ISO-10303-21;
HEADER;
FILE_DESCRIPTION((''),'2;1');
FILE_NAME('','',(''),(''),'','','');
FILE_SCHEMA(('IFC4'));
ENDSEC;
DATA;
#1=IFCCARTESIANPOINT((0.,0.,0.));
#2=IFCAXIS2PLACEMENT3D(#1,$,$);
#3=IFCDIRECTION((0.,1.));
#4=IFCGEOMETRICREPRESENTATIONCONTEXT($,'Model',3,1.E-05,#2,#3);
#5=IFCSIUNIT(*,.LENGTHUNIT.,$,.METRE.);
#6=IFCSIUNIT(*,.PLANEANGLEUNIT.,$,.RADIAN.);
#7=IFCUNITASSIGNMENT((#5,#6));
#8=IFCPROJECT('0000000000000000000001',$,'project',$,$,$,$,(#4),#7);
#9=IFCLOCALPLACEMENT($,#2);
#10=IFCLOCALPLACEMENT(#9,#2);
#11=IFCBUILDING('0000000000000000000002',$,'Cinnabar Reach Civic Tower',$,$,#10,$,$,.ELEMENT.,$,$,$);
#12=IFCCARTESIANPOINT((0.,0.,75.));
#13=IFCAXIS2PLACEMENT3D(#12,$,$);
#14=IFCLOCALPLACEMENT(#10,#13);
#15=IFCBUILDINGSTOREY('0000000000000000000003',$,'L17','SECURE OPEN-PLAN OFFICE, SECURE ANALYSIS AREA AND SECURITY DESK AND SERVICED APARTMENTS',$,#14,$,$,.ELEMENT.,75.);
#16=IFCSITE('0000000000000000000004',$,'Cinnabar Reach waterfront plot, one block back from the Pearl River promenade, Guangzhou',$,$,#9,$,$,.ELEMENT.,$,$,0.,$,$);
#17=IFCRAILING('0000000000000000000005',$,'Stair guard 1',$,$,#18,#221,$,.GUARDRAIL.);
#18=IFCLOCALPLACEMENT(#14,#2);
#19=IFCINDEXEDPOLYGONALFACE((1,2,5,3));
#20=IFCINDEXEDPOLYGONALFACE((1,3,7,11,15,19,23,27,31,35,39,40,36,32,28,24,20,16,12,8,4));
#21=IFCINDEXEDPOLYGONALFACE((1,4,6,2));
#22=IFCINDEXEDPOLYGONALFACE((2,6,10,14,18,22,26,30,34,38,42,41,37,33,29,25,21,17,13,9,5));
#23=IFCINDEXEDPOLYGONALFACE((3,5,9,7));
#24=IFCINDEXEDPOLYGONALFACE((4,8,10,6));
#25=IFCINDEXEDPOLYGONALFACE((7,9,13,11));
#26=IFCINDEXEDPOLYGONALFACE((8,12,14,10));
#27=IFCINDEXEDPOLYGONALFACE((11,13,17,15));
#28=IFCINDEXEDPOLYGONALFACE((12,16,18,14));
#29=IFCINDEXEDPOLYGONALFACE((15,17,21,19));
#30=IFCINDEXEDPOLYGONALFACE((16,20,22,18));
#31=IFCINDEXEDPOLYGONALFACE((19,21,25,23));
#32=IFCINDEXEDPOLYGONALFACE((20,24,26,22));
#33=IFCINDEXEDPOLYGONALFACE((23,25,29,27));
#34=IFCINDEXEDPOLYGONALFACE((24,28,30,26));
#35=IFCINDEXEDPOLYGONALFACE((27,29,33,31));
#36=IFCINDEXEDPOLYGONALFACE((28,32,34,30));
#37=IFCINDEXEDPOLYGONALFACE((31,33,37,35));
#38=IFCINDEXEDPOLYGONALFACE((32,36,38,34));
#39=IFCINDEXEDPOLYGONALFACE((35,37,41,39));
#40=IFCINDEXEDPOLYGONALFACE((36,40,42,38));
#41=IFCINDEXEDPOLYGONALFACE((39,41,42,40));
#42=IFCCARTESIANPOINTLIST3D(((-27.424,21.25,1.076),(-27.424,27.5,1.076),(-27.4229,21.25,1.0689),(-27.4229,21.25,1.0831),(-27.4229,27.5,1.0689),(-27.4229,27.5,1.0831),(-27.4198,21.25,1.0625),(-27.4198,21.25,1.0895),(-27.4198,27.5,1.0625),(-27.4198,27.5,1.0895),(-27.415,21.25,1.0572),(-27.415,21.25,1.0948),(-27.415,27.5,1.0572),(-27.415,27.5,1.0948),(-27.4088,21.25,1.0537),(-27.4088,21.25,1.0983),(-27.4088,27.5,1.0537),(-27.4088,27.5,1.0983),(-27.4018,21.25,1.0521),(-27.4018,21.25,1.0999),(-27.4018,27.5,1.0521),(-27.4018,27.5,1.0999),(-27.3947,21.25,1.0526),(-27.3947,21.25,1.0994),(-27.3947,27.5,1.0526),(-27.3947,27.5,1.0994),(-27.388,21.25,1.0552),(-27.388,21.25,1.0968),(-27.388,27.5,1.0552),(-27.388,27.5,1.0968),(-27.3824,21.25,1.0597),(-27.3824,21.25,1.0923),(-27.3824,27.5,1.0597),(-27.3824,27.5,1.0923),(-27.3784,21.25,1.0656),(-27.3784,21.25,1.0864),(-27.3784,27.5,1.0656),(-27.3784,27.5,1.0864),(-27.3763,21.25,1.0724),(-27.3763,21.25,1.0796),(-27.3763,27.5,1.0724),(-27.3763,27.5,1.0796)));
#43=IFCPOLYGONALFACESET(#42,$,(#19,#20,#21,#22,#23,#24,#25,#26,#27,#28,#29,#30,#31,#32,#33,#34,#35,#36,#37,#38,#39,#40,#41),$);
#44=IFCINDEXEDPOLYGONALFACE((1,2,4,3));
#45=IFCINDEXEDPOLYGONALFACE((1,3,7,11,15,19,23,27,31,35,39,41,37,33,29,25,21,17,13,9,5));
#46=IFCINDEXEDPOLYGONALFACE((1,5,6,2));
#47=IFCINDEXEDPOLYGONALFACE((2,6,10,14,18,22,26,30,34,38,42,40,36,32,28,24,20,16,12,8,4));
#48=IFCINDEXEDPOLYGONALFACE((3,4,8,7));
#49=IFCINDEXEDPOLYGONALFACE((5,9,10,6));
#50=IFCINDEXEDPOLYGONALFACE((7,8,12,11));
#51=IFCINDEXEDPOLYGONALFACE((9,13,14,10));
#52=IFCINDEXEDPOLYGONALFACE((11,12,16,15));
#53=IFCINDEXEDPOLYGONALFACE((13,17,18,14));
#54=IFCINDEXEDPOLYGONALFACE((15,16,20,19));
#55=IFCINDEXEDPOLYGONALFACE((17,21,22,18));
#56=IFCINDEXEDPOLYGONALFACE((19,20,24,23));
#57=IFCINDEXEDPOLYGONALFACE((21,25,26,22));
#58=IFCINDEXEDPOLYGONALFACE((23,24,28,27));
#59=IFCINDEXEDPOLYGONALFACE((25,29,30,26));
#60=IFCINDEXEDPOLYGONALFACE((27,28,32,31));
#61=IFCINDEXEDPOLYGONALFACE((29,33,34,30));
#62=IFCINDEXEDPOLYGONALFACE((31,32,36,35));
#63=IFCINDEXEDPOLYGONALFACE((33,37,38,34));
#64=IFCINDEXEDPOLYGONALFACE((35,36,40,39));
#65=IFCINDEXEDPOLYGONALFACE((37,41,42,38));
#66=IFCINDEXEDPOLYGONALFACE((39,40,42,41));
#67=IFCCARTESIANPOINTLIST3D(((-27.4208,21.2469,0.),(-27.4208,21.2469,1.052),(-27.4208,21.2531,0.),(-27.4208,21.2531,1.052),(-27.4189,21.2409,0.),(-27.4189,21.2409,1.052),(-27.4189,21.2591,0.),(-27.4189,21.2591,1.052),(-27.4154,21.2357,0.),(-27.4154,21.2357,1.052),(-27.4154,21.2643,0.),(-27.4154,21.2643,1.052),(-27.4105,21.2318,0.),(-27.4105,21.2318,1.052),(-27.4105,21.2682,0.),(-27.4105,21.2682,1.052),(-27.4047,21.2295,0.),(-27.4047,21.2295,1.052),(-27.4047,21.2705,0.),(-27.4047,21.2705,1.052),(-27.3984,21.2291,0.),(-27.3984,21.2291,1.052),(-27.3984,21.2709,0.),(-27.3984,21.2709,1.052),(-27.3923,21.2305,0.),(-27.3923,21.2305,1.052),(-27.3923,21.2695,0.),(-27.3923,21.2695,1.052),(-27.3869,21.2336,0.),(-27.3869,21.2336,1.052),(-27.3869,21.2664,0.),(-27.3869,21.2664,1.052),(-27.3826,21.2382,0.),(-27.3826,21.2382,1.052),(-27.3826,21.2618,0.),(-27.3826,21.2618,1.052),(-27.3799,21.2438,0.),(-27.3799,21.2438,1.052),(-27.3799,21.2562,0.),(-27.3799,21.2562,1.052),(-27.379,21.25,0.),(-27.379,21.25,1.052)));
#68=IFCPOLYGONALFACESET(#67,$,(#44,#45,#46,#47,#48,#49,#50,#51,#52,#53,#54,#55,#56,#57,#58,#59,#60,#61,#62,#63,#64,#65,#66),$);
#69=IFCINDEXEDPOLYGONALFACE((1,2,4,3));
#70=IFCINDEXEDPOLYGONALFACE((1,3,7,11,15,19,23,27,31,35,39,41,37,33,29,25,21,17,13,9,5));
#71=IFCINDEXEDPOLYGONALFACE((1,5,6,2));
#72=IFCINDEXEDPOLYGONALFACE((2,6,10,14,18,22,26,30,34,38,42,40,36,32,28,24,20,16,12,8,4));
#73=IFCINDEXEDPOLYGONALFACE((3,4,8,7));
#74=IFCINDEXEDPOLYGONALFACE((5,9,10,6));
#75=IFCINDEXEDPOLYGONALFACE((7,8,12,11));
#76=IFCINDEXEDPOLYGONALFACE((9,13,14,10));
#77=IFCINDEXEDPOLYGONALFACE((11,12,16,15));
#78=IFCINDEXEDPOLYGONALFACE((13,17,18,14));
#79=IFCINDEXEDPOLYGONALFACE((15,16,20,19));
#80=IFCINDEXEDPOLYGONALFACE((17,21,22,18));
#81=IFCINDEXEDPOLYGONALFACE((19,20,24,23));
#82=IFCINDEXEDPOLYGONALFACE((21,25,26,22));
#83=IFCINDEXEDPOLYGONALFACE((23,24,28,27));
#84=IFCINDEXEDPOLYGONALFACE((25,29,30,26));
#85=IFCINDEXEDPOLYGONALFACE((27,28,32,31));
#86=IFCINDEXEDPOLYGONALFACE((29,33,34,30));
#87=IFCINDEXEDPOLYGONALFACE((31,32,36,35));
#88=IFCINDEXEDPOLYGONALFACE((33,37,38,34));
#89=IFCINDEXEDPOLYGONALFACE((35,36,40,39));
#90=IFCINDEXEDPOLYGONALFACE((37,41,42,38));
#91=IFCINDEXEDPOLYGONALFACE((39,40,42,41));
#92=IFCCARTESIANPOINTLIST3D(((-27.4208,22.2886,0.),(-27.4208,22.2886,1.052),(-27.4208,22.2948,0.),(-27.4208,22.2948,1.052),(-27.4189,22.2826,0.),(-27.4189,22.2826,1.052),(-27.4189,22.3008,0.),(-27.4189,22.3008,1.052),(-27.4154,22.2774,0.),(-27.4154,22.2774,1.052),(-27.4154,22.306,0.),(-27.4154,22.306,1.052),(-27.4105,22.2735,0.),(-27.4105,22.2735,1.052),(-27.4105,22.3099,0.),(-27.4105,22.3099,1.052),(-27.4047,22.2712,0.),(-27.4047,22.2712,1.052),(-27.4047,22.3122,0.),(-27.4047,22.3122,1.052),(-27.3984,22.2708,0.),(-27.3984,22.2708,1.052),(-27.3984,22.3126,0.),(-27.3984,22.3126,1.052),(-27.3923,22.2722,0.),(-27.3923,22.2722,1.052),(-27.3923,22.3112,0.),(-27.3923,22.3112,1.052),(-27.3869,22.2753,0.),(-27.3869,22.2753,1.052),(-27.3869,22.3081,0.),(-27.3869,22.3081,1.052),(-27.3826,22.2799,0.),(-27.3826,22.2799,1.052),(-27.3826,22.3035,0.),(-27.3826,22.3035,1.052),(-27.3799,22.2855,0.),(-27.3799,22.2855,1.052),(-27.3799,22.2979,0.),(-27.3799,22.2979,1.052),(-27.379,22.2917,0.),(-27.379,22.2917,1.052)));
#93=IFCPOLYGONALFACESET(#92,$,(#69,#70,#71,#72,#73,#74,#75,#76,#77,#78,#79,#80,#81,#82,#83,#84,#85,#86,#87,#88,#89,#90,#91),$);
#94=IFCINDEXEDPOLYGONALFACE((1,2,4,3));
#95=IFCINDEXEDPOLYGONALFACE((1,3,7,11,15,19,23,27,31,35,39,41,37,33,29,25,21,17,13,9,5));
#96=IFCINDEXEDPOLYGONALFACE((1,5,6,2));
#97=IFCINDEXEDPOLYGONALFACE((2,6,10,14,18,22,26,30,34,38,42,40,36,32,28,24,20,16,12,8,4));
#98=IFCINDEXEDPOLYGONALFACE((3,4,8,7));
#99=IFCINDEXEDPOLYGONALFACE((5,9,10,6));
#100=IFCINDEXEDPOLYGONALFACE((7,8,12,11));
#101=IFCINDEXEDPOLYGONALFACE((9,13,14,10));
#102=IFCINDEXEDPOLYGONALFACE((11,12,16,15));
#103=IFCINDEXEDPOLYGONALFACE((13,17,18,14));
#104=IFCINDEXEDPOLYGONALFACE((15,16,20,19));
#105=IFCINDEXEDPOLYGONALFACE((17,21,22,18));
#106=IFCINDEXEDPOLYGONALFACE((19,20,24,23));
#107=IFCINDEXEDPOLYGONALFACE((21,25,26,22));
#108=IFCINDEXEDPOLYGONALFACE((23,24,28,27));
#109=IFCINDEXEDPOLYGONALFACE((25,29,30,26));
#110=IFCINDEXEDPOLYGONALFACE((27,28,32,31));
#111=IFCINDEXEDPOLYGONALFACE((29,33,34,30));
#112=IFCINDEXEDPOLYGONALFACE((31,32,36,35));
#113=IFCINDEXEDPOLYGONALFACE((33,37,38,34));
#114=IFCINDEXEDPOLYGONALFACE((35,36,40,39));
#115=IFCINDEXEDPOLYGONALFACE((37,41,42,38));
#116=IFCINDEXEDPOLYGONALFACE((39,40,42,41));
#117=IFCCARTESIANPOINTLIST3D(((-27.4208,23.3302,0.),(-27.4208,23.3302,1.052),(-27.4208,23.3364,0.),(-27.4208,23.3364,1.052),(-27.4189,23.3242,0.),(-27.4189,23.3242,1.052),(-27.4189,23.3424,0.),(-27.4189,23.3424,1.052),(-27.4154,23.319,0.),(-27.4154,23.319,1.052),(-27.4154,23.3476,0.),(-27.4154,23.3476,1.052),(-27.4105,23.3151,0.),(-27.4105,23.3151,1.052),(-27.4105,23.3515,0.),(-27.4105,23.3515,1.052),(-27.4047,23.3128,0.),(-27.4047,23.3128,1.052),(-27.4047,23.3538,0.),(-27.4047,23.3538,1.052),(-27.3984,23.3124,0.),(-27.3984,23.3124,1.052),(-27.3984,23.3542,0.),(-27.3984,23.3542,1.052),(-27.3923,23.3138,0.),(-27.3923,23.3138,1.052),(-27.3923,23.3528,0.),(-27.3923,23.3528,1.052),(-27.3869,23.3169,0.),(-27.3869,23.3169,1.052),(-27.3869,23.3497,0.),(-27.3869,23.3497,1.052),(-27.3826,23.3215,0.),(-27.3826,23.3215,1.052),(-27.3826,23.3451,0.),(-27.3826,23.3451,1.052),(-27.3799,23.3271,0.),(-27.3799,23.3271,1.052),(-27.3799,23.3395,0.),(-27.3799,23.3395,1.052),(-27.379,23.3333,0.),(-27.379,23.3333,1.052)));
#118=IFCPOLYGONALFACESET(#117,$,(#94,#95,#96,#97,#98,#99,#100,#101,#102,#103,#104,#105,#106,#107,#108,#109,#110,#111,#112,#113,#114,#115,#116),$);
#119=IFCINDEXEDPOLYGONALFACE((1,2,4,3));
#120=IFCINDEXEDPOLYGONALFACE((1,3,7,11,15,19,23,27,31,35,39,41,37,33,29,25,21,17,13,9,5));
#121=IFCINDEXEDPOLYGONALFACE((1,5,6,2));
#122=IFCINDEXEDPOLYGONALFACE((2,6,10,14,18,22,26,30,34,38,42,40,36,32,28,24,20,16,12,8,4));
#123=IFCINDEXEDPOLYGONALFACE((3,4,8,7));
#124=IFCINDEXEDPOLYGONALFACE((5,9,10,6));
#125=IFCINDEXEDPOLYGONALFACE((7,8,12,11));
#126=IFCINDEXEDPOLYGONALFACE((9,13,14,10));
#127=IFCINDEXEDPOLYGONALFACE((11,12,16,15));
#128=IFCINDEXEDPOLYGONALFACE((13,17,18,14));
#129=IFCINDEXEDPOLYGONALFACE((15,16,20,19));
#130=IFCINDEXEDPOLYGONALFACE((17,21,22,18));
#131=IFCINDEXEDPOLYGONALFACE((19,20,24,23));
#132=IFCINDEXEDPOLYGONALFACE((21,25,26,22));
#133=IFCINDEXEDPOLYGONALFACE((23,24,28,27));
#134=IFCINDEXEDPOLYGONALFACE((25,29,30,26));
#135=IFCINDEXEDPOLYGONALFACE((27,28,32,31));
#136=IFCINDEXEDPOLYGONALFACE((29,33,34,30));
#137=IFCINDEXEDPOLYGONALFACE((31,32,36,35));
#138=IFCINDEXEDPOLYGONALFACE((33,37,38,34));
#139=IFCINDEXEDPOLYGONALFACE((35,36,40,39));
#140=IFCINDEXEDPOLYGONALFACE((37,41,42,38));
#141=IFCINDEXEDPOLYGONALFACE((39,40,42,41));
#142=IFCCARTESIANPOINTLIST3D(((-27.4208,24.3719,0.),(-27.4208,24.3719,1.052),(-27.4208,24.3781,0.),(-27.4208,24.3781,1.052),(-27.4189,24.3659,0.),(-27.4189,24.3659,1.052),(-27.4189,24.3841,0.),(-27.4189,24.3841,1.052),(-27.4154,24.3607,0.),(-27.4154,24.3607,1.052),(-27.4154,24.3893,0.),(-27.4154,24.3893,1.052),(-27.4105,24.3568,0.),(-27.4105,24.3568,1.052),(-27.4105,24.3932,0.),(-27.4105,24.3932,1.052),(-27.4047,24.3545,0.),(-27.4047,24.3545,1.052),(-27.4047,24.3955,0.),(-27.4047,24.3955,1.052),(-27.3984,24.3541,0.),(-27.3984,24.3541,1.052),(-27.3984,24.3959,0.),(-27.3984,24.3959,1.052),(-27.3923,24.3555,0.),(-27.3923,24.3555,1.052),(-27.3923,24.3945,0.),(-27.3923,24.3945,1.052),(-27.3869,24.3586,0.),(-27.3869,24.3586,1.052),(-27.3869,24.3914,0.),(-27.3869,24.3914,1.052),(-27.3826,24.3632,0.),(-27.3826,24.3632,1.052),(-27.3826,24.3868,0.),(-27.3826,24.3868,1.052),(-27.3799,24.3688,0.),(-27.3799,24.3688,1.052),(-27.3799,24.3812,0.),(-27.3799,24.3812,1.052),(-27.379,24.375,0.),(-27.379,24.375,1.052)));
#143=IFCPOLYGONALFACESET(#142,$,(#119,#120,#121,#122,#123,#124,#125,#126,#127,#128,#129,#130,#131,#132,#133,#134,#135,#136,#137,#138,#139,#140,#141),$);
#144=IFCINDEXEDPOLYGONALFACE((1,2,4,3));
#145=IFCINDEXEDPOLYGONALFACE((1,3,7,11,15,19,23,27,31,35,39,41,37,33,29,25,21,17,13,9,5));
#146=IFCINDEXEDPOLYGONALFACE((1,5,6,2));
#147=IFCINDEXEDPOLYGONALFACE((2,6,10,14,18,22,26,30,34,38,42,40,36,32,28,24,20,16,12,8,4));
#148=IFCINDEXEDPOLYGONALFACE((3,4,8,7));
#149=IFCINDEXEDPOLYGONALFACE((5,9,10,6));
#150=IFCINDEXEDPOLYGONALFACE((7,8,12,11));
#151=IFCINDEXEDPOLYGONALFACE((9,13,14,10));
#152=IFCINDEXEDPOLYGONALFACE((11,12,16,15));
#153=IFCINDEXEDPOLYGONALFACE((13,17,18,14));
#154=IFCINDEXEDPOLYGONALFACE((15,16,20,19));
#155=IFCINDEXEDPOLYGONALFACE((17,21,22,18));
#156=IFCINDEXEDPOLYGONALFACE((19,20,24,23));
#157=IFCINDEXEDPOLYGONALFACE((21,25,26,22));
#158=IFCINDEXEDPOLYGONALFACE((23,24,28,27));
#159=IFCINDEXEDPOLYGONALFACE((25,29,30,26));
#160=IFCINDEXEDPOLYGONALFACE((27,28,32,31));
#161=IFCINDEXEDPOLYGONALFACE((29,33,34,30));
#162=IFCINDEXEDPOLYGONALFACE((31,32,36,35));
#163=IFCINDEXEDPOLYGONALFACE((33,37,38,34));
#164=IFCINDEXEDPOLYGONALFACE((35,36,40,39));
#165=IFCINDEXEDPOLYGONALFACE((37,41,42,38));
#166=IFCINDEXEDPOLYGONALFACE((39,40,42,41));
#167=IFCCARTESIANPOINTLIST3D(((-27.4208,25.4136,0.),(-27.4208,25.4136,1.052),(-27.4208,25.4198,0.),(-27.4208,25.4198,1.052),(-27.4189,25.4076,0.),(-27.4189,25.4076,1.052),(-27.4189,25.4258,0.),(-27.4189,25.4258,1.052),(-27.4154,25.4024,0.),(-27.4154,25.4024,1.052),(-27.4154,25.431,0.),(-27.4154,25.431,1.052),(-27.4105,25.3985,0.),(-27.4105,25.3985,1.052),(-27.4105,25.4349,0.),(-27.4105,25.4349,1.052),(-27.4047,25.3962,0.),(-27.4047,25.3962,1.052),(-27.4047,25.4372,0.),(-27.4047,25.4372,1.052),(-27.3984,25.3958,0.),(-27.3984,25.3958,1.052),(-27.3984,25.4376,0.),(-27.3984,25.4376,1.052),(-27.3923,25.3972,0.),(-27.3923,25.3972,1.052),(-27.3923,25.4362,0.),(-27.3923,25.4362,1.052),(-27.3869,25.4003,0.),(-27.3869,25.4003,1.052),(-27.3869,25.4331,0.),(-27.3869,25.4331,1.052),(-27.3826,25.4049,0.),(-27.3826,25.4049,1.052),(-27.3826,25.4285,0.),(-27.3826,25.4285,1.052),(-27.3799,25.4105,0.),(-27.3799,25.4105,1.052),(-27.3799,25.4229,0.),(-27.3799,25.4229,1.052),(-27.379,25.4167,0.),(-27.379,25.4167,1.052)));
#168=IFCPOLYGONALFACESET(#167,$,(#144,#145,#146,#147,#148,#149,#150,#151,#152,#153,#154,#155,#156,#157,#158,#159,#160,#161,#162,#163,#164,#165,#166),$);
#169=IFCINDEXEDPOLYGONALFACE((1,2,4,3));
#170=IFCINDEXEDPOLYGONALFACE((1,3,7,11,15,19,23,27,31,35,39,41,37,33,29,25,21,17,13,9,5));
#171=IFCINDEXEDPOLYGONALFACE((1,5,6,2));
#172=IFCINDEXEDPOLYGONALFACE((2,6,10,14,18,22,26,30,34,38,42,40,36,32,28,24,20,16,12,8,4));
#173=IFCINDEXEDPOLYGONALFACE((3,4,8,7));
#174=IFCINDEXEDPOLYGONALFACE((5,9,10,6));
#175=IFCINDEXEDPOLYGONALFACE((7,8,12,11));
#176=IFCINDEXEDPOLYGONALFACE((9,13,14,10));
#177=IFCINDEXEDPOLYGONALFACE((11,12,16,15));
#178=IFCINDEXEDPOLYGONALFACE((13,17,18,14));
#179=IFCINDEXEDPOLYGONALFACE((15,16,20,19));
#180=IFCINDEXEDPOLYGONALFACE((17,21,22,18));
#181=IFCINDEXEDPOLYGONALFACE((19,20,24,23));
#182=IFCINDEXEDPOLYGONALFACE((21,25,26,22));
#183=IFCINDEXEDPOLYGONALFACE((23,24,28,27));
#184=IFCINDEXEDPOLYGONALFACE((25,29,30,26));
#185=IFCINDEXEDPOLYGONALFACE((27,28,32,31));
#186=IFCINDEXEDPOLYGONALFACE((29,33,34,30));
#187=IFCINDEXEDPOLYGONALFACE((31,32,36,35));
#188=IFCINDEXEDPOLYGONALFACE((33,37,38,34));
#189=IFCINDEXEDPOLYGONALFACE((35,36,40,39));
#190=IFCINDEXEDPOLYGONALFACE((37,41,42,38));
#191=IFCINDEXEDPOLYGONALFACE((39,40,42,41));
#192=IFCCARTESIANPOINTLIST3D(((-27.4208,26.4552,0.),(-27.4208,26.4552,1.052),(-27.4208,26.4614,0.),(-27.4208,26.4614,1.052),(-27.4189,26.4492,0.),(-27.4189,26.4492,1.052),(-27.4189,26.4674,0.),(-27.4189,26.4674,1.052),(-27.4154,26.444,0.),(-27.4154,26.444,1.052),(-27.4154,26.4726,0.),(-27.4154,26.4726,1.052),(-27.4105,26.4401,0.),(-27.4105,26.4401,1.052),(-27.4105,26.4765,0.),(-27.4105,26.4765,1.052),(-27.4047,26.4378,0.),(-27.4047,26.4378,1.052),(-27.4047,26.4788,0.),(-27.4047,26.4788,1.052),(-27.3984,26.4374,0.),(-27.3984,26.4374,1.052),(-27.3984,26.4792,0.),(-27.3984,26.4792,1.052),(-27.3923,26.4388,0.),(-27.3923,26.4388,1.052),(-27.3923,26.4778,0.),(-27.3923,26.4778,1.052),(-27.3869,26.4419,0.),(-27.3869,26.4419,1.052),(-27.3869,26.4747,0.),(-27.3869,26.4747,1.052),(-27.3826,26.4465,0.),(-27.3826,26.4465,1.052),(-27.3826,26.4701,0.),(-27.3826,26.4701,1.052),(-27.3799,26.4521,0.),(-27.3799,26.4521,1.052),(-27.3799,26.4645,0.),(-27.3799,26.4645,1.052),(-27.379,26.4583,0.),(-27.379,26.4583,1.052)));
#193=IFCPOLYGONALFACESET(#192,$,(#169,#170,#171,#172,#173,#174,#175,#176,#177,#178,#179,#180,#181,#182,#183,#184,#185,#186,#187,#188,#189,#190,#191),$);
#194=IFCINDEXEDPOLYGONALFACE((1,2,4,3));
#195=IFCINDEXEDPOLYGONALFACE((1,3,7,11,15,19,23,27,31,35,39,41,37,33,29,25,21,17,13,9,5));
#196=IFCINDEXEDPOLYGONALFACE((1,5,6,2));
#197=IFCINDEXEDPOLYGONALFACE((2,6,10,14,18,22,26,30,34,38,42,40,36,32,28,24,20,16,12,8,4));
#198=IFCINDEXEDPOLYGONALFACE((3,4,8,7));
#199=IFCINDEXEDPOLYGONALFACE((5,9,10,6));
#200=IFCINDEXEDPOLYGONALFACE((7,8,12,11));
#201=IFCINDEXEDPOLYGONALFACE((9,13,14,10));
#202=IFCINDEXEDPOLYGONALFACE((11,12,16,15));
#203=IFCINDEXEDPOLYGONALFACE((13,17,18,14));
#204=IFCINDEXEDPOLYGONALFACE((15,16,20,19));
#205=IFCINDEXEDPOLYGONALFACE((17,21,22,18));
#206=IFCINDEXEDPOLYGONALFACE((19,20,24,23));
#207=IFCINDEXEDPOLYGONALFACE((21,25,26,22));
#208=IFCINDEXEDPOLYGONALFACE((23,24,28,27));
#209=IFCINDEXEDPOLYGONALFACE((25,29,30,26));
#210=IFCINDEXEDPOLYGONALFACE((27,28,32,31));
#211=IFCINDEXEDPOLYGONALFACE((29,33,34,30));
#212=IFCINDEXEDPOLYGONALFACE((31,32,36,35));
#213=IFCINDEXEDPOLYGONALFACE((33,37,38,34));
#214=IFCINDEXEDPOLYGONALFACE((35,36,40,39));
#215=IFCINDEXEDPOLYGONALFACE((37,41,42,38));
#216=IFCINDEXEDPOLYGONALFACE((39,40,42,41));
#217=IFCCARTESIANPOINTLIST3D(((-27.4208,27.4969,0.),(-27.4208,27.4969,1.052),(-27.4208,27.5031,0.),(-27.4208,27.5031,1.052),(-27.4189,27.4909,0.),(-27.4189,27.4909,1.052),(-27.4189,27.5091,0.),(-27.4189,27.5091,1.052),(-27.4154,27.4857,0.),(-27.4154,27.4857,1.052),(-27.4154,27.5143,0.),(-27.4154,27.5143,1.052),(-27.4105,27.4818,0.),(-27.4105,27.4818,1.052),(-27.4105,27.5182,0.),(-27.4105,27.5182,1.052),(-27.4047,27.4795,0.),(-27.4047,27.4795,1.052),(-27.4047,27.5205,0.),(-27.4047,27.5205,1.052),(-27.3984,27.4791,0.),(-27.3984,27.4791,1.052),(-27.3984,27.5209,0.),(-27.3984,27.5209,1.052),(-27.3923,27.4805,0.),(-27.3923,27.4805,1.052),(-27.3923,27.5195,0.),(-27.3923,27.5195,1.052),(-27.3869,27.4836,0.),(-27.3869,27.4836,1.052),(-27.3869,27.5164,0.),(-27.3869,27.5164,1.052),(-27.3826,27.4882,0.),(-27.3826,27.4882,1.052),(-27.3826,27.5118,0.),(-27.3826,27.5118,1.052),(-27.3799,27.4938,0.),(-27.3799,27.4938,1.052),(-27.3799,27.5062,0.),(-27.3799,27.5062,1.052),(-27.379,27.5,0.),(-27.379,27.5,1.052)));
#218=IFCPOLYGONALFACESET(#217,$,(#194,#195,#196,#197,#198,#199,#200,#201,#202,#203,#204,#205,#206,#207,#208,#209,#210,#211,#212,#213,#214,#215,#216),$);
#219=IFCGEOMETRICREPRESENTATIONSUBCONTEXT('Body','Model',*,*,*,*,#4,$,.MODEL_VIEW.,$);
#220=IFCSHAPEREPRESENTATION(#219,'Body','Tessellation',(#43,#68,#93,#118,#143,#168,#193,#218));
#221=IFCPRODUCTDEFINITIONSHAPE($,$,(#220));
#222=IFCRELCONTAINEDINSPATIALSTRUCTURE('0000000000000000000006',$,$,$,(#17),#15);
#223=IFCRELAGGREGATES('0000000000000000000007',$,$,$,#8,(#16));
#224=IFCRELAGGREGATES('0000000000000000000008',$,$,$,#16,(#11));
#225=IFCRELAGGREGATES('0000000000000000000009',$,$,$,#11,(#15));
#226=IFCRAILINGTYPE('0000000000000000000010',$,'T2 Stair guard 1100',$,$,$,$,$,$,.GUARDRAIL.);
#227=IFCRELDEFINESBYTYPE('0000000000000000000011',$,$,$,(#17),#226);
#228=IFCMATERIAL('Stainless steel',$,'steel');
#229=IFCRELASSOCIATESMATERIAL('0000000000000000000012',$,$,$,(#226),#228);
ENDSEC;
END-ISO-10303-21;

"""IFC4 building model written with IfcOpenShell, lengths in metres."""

from ifc_helpers import new_model, si_unit, direction, frame, origin, origin_2d, place, context, subcontext, project, spatial, circle, extrude, material, type_object, element, save


model = new_model("IFC4")

# Units and contexts
model_context = context("Model", 3, precision=1e-05, world=origin(), true_north=direction((0.0, 1.0)))
body_context = subcontext(model_context, "Body", "Model", "MODEL_VIEW")
ifc_project = project(units=[si_unit("LENGTHUNIT", "METRE"), si_unit("PLANEANGLEUNIT", "RADIAN")], contexts=[model_context])

# Site, building, storey
site_placement = place(None, origin())
site = spatial("IfcSite", under=ifc_project, at=site_placement, Name="Cinnabar Reach waterfront plot, one block back from the Pearl River promenade, Guangzhou", CompositionType="ELEMENT", RefElevation=0.0)
building_placement = place(site_placement, origin())
building = spatial("IfcBuilding", under=site, at=building_placement, Name="Cinnabar Reach Civic Tower", CompositionType="ELEMENT")
storey_placement = place(building_placement, frame((0.0, 0.0, 75.0)))
storey = spatial("IfcBuildingStorey", under=building, at=storey_placement, Name="L17", Description="SECURE OPEN-PLAN OFFICE, SECURE ANALYSIS AREA AND SECURITY DESK AND SERVICED APARTMENTS", CompositionType="ELEMENT", Elevation=75.0)

# Railing
ifc_material_1 = material(Name="Stainless steel", Category="steel")
railing_type = type_object("IfcRailingType", Name="T2 Stair guard 1100", PredefinedType="GUARDRAIL", material=ifc_material_1)
for number, where, name in (
    (1, (-27.4, 21.25, 0.0), "Stair guard 1"),
):
    element("IfcRailing", number, at=place(storey_placement, frame(where)), inside=storey, type_object=railing_type, Name=name, PredefinedType="GUARDRAIL", context=body_context, shape_type="SweptSolid", body=[
        extrude(circle(Radius=0.024, at=origin_2d()), frame((0.0, 0.0, 1.076), z_axis=(0.0, 1.0, 0.0), x_axis=(-1.0, 0.0, 0.0)), (0.0, 0.0, 1.0), 6.25),
        extrude(circle(Radius=0.021, at=origin_2d()), origin(), (0.0, 0.0, 1.0), 1.052),
        extrude(circle(Radius=0.021, at=origin_2d()), frame((0.0, 1.0417, 0.0)), (0.0, 0.0, 1.0), 1.052),
        extrude(circle(Radius=0.021, at=origin_2d()), frame((0.0, 2.0833, 0.0)), (0.0, 0.0, 1.0), 1.052),
        extrude(circle(Radius=0.021, at=origin_2d()), frame((0.0, 3.125, 0.0)), (0.0, 0.0, 1.0), 1.052),
        extrude(circle(Radius=0.021, at=origin_2d()), frame((0.0, 4.1667, 0.0)), (0.0, 0.0, 1.0), 1.052),
        extrude(circle(Radius=0.021, at=origin_2d()), frame((0.0, 5.2083, 0.0)), (0.0, 0.0, 1.0), 1.052),
        extrude(circle(Radius=0.021, at=origin_2d()), frame((0.0, 6.25, 0.0)), (0.0, 0.0, 1.0), 1.052),
    ])

save(model, "model.ifc")
